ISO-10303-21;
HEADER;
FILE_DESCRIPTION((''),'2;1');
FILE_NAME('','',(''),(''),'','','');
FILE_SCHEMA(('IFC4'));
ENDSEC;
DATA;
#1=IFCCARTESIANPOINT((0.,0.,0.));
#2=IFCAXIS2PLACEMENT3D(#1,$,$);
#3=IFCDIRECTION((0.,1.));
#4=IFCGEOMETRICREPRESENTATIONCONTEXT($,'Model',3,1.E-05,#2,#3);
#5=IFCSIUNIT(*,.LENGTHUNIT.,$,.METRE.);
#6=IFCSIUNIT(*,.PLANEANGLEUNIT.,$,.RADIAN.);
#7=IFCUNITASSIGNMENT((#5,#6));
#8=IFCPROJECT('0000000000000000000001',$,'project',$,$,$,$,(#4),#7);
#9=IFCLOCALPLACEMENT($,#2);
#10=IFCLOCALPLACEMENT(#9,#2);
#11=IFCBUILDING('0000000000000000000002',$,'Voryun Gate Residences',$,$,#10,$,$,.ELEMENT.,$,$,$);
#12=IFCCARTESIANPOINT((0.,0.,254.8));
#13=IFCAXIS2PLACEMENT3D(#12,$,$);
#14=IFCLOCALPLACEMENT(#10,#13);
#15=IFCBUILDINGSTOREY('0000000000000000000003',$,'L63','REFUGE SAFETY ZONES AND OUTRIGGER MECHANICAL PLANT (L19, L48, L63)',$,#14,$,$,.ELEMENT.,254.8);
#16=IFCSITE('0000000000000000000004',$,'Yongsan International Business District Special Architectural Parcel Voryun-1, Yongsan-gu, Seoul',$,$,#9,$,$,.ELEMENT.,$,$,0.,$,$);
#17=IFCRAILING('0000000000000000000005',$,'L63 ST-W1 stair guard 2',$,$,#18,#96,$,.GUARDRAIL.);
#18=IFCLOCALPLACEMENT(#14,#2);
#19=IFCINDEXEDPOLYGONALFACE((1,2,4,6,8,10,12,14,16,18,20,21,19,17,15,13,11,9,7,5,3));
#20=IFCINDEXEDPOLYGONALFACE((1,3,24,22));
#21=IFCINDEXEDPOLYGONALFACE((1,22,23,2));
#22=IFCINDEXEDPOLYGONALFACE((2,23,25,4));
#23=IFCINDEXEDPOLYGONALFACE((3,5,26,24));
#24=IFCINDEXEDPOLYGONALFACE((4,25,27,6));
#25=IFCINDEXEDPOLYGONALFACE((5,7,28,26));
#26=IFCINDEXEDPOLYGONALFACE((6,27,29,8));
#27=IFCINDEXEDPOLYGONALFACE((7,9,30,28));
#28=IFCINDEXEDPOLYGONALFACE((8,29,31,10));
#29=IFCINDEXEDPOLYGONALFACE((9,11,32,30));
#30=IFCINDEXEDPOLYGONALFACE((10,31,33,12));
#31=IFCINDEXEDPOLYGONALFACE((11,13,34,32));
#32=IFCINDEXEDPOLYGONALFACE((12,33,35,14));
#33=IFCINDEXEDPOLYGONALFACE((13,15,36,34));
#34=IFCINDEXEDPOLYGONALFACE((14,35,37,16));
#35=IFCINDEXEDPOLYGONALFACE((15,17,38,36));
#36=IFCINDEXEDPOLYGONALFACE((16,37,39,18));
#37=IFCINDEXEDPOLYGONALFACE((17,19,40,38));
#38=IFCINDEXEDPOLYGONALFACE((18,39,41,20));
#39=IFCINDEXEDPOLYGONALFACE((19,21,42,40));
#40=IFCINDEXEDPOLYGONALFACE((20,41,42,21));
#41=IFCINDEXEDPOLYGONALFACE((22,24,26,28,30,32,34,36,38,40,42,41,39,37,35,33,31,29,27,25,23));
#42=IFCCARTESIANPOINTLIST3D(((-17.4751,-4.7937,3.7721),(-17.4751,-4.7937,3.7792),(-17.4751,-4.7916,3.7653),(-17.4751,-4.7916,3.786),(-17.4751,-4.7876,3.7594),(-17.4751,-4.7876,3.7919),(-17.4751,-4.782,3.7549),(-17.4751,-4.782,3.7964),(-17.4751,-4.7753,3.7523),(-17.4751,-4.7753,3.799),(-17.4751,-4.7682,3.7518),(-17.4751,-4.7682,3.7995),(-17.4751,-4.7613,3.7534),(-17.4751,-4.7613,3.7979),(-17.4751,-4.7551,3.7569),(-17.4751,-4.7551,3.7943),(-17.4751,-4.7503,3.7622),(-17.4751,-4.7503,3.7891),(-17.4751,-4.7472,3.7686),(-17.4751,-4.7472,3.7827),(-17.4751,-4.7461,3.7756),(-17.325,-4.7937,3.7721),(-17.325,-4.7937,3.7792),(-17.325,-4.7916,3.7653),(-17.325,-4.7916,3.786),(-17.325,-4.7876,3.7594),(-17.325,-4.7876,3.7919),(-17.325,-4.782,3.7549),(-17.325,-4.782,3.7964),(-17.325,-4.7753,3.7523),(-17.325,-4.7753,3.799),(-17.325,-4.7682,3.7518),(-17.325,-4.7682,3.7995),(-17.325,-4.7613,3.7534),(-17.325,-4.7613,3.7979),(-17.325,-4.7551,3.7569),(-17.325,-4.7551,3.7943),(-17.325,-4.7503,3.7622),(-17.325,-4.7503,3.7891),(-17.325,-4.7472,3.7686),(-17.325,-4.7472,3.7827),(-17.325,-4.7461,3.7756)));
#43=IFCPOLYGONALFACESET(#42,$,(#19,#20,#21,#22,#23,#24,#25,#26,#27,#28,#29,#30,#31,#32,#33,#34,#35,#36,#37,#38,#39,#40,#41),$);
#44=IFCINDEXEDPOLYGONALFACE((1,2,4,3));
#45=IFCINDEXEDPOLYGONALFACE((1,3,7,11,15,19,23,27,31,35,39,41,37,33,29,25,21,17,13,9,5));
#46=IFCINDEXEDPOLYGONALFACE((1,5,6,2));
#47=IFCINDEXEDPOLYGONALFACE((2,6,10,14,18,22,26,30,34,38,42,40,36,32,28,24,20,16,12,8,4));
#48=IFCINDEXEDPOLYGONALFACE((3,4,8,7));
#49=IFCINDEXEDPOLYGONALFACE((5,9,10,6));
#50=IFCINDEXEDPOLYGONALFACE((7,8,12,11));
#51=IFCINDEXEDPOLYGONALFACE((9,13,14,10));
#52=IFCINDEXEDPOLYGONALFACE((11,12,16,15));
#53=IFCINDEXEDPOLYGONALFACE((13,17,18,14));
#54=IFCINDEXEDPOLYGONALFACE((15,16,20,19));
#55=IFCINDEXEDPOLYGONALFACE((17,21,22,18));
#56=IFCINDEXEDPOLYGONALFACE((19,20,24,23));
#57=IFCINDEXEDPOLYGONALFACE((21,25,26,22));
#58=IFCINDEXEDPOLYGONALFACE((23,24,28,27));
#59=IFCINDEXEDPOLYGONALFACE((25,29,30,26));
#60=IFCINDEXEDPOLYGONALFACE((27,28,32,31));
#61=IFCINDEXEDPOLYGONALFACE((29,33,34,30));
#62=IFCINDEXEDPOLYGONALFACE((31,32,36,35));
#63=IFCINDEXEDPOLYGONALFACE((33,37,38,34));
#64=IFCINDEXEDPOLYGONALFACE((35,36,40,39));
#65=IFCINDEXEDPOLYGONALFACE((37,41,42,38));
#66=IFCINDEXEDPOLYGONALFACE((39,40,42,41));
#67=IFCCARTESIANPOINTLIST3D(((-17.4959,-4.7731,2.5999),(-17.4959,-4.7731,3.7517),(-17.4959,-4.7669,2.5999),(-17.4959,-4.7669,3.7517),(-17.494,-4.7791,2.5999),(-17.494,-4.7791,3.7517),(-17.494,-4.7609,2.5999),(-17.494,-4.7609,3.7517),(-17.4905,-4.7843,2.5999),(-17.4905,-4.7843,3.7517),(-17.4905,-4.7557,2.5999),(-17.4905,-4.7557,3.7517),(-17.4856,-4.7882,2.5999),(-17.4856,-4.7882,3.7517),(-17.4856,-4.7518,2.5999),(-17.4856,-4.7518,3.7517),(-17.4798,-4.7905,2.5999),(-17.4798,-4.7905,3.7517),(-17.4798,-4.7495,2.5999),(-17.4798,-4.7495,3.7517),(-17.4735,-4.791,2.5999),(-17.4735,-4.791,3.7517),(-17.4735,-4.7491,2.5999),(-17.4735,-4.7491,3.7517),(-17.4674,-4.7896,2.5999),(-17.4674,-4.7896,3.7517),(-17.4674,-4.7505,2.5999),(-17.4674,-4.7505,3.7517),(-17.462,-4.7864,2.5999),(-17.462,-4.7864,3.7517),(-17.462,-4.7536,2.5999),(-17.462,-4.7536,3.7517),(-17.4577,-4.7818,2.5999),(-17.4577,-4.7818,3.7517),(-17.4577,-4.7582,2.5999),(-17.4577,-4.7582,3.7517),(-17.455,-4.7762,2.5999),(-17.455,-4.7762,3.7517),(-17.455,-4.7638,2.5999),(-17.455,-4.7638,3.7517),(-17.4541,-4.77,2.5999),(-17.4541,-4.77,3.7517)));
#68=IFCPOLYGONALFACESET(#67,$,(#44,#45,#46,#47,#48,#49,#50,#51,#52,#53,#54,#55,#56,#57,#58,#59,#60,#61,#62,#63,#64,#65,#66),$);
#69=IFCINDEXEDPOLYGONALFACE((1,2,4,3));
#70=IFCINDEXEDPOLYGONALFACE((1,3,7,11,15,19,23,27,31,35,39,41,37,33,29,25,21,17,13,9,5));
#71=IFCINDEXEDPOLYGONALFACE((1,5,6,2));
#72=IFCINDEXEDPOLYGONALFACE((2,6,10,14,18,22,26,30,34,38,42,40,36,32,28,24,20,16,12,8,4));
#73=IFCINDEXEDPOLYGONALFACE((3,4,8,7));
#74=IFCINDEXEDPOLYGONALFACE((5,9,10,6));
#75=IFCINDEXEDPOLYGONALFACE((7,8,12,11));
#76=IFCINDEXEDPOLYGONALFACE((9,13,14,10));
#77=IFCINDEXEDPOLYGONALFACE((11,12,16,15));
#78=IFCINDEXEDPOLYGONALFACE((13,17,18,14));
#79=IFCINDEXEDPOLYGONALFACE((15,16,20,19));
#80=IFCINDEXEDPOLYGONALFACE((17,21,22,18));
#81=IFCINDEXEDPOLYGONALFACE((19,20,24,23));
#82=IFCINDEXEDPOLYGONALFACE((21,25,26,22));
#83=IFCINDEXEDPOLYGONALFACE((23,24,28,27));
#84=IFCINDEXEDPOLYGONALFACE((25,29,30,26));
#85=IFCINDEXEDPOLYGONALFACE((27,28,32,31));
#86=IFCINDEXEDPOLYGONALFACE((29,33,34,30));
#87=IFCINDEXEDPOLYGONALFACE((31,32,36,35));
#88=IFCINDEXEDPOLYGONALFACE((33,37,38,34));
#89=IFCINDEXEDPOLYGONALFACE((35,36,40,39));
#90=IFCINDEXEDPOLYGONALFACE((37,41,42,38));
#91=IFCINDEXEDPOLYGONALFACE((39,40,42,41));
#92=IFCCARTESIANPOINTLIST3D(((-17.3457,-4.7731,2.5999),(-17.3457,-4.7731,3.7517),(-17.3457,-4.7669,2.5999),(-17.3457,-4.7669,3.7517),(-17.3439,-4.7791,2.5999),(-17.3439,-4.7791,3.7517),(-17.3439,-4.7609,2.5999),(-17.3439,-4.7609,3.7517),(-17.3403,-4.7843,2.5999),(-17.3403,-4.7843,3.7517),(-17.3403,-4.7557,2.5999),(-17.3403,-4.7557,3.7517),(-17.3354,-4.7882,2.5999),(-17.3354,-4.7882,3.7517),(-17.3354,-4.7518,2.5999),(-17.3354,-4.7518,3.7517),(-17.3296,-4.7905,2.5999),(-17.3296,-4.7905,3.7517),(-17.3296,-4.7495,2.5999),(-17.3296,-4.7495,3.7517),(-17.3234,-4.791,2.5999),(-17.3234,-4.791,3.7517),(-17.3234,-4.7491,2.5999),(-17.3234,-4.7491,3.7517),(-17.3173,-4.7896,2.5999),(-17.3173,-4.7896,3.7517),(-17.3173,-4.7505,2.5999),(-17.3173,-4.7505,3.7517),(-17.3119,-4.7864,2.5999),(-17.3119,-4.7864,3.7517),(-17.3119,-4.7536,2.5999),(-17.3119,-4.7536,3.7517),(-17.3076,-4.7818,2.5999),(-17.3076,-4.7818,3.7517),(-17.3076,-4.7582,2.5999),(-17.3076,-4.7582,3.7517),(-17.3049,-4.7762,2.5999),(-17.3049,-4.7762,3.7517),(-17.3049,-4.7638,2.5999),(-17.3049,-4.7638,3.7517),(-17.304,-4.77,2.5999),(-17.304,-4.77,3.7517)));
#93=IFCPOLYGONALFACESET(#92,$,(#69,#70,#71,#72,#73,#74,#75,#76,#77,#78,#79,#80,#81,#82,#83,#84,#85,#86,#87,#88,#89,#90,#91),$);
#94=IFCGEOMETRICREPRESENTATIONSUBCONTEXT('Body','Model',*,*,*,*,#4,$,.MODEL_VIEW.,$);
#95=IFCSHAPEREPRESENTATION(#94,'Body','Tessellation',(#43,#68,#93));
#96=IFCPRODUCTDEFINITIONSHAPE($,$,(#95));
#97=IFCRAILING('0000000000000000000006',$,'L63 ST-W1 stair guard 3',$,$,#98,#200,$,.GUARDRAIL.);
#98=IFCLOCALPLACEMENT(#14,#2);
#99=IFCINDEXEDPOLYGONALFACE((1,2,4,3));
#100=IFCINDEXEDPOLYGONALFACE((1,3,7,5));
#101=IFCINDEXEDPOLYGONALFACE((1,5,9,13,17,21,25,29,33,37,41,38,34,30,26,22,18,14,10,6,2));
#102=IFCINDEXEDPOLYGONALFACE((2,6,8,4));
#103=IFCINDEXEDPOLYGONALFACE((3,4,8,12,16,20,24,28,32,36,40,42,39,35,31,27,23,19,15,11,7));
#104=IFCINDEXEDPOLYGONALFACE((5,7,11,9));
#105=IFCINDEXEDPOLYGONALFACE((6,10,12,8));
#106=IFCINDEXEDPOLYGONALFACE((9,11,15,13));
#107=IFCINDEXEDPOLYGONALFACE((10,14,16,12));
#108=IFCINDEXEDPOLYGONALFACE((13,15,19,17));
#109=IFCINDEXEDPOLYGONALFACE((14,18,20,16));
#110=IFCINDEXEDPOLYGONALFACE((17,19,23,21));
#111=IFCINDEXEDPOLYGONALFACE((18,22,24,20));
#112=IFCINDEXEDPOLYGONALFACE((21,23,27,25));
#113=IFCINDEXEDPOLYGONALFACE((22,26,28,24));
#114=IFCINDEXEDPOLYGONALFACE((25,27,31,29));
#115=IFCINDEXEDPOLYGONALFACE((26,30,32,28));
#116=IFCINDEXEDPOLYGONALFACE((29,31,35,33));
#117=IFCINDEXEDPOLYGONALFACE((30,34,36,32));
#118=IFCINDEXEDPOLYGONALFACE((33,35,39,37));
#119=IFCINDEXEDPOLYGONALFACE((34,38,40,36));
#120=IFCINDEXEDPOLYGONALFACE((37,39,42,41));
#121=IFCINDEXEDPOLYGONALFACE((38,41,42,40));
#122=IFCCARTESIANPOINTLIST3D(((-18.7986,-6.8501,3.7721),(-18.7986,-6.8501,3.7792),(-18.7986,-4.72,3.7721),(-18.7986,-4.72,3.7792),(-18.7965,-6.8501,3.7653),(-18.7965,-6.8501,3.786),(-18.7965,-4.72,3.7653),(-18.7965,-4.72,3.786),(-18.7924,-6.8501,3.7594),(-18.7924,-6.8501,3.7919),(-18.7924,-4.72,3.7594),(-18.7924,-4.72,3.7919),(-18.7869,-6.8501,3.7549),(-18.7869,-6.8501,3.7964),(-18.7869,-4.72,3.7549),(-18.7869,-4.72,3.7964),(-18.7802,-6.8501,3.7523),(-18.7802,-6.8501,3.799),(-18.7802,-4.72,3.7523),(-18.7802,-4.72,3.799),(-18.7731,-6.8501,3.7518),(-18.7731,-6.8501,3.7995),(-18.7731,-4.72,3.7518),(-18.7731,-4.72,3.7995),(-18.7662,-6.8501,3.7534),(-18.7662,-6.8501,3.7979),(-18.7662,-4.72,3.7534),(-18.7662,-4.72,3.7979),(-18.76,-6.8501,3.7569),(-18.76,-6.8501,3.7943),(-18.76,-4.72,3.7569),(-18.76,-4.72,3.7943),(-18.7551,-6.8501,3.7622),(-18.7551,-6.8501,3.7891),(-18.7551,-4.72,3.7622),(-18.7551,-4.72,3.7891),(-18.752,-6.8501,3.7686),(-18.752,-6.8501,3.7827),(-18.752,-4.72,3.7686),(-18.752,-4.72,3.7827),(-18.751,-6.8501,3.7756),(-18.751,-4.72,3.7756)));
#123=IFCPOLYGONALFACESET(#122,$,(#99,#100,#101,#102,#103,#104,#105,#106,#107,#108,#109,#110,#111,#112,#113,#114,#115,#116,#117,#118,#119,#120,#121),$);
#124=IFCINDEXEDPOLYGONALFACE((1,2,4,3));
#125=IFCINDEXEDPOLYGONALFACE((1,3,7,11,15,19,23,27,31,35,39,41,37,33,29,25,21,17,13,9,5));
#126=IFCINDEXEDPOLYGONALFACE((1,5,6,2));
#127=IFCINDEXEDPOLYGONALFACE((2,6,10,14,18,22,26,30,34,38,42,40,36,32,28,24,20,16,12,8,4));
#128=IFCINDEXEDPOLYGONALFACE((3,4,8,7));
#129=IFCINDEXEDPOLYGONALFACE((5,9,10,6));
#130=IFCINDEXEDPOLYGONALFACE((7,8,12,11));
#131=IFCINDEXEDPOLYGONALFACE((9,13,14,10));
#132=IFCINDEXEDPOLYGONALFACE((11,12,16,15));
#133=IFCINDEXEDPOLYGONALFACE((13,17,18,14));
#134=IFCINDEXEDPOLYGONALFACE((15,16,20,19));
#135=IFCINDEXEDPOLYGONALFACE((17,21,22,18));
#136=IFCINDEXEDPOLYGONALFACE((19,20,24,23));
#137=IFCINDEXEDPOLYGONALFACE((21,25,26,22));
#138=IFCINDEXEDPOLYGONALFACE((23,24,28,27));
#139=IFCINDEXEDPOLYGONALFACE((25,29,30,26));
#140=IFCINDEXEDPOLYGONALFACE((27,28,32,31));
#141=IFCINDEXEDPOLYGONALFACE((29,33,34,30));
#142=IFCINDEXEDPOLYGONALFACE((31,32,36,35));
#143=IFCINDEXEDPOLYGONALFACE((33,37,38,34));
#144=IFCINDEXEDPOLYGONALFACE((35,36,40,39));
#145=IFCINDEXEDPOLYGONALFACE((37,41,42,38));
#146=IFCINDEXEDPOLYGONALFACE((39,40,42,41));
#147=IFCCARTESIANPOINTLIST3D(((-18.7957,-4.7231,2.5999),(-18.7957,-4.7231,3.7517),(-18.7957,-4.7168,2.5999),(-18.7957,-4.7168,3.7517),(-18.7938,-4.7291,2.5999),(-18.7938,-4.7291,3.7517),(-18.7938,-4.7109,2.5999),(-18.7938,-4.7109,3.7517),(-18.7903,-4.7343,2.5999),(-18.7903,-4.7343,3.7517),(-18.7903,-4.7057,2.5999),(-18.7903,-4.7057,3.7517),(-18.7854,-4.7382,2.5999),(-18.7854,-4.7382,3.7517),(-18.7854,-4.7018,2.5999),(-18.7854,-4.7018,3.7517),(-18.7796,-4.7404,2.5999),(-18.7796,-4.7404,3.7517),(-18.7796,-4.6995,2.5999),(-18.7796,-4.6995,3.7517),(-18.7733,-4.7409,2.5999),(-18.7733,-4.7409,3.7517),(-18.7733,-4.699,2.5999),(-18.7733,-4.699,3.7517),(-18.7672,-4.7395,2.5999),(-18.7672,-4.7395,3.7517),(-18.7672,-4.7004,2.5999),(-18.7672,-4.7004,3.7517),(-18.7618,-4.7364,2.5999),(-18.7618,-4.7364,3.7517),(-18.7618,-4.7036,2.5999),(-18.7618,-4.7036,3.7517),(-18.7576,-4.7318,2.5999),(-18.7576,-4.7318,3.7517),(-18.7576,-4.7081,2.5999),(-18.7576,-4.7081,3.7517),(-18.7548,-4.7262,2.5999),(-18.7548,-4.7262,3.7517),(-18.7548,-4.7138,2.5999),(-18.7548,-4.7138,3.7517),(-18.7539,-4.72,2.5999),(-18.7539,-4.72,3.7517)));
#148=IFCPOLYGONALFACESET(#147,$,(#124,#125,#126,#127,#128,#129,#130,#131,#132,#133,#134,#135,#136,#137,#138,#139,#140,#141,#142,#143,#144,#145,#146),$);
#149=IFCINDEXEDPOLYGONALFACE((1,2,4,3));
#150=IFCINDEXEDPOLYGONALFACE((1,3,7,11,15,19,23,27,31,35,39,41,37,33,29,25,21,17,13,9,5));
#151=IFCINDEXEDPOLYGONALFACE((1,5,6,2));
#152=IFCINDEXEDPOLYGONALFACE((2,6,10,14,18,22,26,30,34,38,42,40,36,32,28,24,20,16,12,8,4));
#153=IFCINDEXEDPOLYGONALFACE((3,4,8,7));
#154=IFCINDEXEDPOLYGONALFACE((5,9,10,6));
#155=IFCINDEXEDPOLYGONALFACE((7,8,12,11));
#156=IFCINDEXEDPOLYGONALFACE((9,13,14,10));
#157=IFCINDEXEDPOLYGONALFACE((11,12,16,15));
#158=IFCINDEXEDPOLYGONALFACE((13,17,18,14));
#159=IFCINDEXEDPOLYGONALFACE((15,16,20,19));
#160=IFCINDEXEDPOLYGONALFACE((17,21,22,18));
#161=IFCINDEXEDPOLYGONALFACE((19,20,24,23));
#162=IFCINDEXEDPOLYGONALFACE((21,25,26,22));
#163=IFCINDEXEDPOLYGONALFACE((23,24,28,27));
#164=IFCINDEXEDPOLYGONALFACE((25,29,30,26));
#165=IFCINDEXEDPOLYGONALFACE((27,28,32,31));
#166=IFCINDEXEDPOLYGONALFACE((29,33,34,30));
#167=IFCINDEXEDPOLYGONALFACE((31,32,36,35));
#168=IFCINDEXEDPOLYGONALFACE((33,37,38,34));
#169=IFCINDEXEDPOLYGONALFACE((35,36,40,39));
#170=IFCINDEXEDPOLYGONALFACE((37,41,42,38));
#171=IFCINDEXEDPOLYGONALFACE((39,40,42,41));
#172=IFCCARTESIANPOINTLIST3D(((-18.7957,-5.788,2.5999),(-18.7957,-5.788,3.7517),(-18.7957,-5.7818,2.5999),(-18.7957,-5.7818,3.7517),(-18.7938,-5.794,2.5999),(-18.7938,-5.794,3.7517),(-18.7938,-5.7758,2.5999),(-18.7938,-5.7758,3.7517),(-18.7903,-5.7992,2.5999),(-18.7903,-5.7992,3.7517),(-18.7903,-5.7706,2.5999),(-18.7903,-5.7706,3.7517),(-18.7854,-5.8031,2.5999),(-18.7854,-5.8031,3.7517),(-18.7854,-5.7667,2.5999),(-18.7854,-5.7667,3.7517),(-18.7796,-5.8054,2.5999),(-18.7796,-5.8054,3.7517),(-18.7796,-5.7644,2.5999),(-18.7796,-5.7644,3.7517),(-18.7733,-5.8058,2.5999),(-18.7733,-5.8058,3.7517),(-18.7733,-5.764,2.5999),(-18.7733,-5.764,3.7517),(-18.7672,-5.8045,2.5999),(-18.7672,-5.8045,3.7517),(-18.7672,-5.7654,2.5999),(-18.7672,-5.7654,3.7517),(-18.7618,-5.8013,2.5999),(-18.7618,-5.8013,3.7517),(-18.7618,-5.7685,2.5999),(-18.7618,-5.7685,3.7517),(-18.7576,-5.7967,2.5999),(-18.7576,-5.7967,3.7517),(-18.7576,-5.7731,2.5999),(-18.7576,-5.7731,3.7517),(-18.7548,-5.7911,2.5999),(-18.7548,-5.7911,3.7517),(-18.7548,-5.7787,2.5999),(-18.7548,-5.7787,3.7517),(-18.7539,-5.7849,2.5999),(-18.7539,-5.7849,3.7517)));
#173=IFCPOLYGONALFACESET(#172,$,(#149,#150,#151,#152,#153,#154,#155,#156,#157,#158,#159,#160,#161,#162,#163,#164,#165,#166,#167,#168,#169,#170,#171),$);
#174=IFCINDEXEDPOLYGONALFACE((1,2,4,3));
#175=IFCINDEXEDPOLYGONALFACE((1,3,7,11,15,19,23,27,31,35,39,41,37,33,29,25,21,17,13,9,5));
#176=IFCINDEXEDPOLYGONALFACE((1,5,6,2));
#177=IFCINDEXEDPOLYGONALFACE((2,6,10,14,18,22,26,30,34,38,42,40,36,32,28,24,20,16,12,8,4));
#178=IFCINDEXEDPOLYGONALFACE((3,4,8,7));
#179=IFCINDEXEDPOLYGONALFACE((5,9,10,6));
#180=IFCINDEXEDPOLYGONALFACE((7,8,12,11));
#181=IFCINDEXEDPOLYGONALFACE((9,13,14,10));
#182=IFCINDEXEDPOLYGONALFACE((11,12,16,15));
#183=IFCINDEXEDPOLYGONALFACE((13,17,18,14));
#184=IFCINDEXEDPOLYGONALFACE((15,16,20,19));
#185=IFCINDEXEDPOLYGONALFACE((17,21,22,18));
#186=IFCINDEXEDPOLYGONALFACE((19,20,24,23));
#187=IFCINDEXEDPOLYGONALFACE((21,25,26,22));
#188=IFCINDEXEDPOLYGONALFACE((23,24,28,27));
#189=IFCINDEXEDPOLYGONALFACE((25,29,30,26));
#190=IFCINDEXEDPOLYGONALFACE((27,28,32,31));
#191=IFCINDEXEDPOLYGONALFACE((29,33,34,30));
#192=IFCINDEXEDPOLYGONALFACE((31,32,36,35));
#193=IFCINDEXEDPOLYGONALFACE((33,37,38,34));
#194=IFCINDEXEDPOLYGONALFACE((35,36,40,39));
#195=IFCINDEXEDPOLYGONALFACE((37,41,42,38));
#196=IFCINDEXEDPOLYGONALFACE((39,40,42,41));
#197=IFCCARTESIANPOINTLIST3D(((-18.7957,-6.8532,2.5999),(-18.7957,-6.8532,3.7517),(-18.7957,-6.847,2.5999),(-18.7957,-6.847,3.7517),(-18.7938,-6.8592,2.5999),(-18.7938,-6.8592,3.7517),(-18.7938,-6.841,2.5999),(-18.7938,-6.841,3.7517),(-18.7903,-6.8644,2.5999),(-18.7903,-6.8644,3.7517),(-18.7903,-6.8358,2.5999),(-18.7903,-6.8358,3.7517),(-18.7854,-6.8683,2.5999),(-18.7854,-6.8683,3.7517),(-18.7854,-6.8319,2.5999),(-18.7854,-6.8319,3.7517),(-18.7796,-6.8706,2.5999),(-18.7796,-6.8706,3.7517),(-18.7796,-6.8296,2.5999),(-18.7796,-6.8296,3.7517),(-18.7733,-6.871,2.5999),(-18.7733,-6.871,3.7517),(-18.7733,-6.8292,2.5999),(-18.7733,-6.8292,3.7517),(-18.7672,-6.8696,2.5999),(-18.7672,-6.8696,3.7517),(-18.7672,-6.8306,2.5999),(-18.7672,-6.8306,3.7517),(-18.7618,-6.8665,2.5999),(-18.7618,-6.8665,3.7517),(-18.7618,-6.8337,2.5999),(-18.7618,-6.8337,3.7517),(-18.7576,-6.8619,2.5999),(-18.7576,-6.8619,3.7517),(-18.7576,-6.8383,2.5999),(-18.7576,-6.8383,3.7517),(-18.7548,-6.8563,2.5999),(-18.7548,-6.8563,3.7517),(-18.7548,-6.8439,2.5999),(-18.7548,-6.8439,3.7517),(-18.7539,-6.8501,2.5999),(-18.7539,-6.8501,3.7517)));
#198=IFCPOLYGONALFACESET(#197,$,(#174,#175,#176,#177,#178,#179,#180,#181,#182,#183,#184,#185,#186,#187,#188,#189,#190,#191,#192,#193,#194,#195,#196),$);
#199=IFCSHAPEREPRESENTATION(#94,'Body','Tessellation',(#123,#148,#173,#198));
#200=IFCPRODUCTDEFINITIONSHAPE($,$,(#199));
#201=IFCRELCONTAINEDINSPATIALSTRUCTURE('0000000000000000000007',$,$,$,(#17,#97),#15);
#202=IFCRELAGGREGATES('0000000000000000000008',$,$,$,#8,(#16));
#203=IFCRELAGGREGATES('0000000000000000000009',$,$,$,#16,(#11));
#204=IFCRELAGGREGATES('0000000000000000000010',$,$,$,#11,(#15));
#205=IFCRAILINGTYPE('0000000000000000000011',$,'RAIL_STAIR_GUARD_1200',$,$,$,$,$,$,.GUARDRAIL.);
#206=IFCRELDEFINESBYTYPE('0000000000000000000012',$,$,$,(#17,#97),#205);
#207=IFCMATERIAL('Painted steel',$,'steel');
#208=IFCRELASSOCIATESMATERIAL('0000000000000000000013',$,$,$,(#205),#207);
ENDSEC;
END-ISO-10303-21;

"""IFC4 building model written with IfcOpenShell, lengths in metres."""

from ifc_helpers import new_model, si_unit, direction, frame, origin, origin_2d, place, context, subcontext, project, spatial, circle, extrude, material, type_object, element, save


model = new_model("IFC4")

# Units and contexts
model_context = context("Model", 3, precision=1e-05, world=origin(), true_north=direction((0.0, 1.0)))
body_context = subcontext(model_context, "Body", "Model", "MODEL_VIEW")
ifc_project = project(units=[si_unit("LENGTHUNIT", "METRE"), si_unit("PLANEANGLEUNIT", "RADIAN")], contexts=[model_context])

# Site, building, storey
site_placement = place(None, origin())
site = spatial("IfcSite", under=ifc_project, at=site_placement, Name="Yongsan International Business District Special Architectural Parcel Voryun-1, Yongsan-gu, Seoul", CompositionType="ELEMENT", RefElevation=0.0)
building_placement = place(site_placement, origin())
building = spatial("IfcBuilding", under=site, at=building_placement, Name="Voryun Gate Residences", CompositionType="ELEMENT")
storey_placement = place(building_placement, frame((0.0, 0.0, 254.8)))
storey = spatial("IfcBuildingStorey", under=building, at=storey_placement, Name="L63", Description="REFUGE SAFETY ZONES AND OUTRIGGER MECHANICAL PLANT (L19, L48, L63)", CompositionType="ELEMENT", Elevation=254.8)

# Railings
ifc_material_1 = material(Name="Painted steel", Category="steel")
railing_type_1 = type_object("IfcRailingType", Name="RAIL_STAIR_GUARD_1200", PredefinedType="GUARDRAIL", material=ifc_material_1)
railing_1_placement = place(storey_placement, frame((-17.4751, -4.77, 2.5999)))
element("IfcRailing", 1, at=railing_1_placement, inside=storey, type_object=railing_type_1, Name="L63 ST-W1 stair guard 2", PredefinedType="GUARDRAIL", context=body_context, shape_type="SweptSolid", body=[
    extrude(circle(Radius=0.0239, at=origin_2d()), frame((0.0, 0.0, 1.1758), z_axis=(1.0, 0.0, 0.0), x_axis=(0.0, 1.0, 0.0)), (0.0, 0.0, 1.0), 0.1501),
    extrude(circle(Radius=0.021, at=origin_2d()), origin(), (0.0, 0.0, 1.0), 1.1519),
    extrude(circle(Radius=0.021, at=origin_2d()), frame((0.1501, 0.0, 0.0)), (0.0, 0.0, 1.0), 1.1519),
])
for number, where, name in (
    (2, (-18.7749, -4.72, 2.5999), "L63 ST-W1 stair guard 3"),
):
    element("IfcRailing", number, at=place(storey_placement, frame(where)), inside=storey, type_object=railing_type_1, Name=name, PredefinedType="GUARDRAIL", context=body_context, shape_type="SweptSolid", body=[
        extrude(circle(Radius=0.0239, at=origin_2d()), frame((0.0, 0.0, 1.1758), z_axis=(0.0, -1.0, 0.0), x_axis=(1.0, 0.0, 0.0)), (0.0, 0.0, 1.0), 2.1301),
        extrude(circle(Radius=0.021, at=origin_2d()), origin(), (0.0, 0.0, 1.0), 1.1519),
        extrude(circle(Radius=0.021, at=origin_2d()), frame((0.0, -1.0649, 0.0)), (0.0, 0.0, 1.0), 1.1519),
        extrude(circle(Radius=0.021, at=origin_2d()), frame((0.0, -2.1301, 0.0)), (0.0, 0.0, 1.0), 1.1519),
    ])

save(model, "model.ifc")
